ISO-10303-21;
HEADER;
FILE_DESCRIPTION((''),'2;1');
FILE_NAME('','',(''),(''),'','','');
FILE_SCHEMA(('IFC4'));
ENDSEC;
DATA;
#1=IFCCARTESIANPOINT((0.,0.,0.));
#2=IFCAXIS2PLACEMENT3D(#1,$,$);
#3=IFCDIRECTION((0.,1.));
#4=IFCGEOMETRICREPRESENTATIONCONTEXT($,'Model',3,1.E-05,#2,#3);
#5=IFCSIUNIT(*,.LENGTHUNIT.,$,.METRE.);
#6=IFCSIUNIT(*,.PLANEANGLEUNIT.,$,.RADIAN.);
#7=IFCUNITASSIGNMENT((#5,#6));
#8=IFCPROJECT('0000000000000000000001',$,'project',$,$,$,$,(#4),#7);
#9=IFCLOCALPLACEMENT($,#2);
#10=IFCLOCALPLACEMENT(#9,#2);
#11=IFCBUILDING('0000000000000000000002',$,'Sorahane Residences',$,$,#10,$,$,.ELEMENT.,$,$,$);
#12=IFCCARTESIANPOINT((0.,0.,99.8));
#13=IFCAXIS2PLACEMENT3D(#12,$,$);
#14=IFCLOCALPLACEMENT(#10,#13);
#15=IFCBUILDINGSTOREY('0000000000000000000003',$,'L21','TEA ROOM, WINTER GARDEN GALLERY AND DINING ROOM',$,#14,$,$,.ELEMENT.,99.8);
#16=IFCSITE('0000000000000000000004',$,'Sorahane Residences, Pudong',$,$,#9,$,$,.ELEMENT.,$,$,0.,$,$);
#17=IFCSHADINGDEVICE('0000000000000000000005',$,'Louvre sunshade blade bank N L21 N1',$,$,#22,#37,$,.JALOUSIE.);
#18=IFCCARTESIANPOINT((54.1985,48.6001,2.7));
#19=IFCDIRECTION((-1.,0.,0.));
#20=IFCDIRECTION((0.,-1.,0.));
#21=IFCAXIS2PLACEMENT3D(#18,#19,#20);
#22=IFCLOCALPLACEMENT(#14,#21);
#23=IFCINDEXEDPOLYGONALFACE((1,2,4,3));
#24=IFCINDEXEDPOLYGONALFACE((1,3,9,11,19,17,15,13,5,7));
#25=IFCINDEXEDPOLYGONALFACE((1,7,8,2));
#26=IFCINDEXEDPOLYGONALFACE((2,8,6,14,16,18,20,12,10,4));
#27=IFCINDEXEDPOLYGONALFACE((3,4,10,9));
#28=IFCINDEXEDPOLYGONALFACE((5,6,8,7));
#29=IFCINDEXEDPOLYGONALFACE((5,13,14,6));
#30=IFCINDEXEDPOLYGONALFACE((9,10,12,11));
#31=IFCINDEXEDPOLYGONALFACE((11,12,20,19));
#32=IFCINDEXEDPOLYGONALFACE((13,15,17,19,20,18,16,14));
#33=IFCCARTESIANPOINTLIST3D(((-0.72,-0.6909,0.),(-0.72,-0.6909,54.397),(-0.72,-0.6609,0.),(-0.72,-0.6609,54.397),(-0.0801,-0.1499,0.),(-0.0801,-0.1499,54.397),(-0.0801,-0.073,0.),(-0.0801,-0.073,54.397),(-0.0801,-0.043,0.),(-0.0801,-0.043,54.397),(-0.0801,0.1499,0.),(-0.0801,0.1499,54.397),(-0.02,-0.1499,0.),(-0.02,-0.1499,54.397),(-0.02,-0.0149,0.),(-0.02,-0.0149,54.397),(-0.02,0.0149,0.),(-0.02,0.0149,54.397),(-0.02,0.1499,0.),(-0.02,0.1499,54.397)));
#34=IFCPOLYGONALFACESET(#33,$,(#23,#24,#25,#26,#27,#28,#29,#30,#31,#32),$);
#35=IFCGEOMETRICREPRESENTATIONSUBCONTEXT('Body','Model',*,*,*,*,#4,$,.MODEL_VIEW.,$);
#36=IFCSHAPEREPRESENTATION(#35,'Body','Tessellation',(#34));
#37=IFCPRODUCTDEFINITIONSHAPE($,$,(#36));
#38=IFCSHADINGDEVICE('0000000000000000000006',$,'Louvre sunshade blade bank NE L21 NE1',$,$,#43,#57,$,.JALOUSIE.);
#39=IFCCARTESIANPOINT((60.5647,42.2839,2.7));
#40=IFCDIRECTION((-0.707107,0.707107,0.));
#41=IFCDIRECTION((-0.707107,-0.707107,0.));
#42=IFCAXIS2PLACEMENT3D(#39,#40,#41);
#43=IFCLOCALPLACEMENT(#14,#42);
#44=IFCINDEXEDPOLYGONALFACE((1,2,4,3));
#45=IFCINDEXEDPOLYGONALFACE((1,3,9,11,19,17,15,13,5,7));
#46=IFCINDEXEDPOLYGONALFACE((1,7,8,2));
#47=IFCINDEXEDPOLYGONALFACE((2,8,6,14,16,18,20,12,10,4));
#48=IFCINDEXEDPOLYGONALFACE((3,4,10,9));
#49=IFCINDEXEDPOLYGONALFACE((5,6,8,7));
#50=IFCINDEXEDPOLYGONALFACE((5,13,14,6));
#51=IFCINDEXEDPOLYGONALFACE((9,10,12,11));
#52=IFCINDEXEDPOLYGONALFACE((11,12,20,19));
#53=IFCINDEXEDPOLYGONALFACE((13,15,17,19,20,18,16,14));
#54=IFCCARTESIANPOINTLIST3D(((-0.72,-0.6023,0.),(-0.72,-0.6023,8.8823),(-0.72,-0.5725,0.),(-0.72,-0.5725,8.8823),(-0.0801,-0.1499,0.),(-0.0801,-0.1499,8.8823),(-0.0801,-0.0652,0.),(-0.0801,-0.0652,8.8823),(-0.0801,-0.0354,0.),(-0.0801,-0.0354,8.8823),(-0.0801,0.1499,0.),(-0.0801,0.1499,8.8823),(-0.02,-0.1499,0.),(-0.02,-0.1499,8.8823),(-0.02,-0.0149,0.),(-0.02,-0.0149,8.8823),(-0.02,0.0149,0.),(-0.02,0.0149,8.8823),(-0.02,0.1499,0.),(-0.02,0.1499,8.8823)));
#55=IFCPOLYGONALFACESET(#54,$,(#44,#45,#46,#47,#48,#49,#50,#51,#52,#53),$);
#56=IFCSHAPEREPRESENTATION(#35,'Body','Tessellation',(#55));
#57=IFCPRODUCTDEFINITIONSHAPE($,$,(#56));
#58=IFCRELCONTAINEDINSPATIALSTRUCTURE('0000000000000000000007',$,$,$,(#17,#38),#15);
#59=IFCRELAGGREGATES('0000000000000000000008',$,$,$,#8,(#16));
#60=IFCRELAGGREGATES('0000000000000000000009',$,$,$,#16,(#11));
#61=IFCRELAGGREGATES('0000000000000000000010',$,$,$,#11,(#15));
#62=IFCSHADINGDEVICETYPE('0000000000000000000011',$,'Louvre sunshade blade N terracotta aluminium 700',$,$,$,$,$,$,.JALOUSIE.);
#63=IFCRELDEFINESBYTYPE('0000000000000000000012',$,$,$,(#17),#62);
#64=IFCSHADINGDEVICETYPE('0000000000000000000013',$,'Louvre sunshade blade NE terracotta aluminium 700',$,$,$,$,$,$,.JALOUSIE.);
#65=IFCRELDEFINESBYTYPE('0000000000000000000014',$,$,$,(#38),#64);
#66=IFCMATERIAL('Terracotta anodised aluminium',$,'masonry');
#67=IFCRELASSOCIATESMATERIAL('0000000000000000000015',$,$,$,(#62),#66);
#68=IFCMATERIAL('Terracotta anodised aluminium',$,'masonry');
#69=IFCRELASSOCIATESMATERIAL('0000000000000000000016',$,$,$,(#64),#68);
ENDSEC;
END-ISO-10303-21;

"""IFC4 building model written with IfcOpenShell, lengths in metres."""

from ifc_helpers import new_model, si_unit, direction, frame, origin, place, context, subcontext, project, spatial, polyline, outline, extrude, material, type_object, element, save


model = new_model("IFC4")

# Units and contexts
model_context = context("Model", 3, precision=1e-05, world=origin(), true_north=direction((0.0, 1.0)))
body_context = subcontext(model_context, "Body", "Model", "MODEL_VIEW")
ifc_project = project(units=[si_unit("LENGTHUNIT", "METRE"), si_unit("PLANEANGLEUNIT", "RADIAN")], contexts=[model_context])

# Site, building, storey
site_placement = place(None, origin())
site = spatial("IfcSite", under=ifc_project, at=site_placement, Name="Sorahane Residences, Pudong", CompositionType="ELEMENT", RefElevation=0.0)
building_placement = place(site_placement, origin())
building = spatial("IfcBuilding", under=site, at=building_placement, Name="Sorahane Residences", CompositionType="ELEMENT")
storey_placement = place(building_placement, frame((0.0, 0.0, 99.8)))
storey = spatial("IfcBuildingStorey", under=building, at=storey_placement, Name="L21", Description="TEA ROOM, WINTER GARDEN GALLERY AND DINING ROOM", CompositionType="ELEMENT", Elevation=99.8)

# Shading devices
ifc_material_1 = material(Name="Terracotta anodised aluminium", Category="masonry")
shading_device_type_1 = type_object("IfcShadingDeviceType", Name="Louvre sunshade blade N terracotta aluminium 700", PredefinedType="JALOUSIE", material=ifc_material_1)
shading_device_1_placement = place(storey_placement, frame((54.1985, 48.6001, 2.7), z_axis=(-1.0, 0.0, 0.0), x_axis=(0.0, -1.0, 0.0)))
element("IfcShadingDevice", 1, at=shading_device_1_placement, inside=storey, type_object=shading_device_type_1, Name="Louvre sunshade blade bank N L21 N1", PredefinedType="JALOUSIE", context=body_context, shape_type="SweptSolid", body=[
    extrude(outline(polyline([(-0.72, -0.6609), (-0.72, -0.6909), (-0.0801, -0.073), (-0.0801, -0.1499), (-0.02, -0.1499), (-0.02, -0.0149), (-0.02, 0.0149), (-0.02, 0.1499), (-0.0801, 0.1499), (-0.0801, -0.043), (-0.72, -0.6609)])), origin(), (0.0, 0.0, 1.0), 54.397),
])
ifc_material_2 = material(Name="Terracotta anodised aluminium", Category="masonry")
shading_device_type_2 = type_object("IfcShadingDeviceType", Name="Louvre sunshade blade NE terracotta aluminium 700", PredefinedType="JALOUSIE", material=ifc_material_2)
shading_device_2_placement = place(storey_placement, frame((60.5647, 42.2839, 2.7), z_axis=(-0.707107, 0.707107, 0.0), x_axis=(-0.707107, -0.707107, 0.0)))
element("IfcShadingDevice", 2, at=shading_device_2_placement, inside=storey, type_object=shading_device_type_2, Name="Louvre sunshade blade bank NE L21 NE1", PredefinedType="JALOUSIE", context=body_context, shape_type="SweptSolid", body=[
    extrude(outline(polyline([(-0.72, -0.5725), (-0.72, -0.6023), (-0.0801, -0.0652), (-0.0801, -0.1499), (-0.02, -0.1499), (-0.02, -0.0149), (-0.02, 0.0149), (-0.02, 0.1499), (-0.0801, 0.1499), (-0.0801, -0.0354), (-0.72, -0.5725)])), origin(), (0.0, 0.0, 1.0), 8.8823),
])

save(model, "model.ifc")
